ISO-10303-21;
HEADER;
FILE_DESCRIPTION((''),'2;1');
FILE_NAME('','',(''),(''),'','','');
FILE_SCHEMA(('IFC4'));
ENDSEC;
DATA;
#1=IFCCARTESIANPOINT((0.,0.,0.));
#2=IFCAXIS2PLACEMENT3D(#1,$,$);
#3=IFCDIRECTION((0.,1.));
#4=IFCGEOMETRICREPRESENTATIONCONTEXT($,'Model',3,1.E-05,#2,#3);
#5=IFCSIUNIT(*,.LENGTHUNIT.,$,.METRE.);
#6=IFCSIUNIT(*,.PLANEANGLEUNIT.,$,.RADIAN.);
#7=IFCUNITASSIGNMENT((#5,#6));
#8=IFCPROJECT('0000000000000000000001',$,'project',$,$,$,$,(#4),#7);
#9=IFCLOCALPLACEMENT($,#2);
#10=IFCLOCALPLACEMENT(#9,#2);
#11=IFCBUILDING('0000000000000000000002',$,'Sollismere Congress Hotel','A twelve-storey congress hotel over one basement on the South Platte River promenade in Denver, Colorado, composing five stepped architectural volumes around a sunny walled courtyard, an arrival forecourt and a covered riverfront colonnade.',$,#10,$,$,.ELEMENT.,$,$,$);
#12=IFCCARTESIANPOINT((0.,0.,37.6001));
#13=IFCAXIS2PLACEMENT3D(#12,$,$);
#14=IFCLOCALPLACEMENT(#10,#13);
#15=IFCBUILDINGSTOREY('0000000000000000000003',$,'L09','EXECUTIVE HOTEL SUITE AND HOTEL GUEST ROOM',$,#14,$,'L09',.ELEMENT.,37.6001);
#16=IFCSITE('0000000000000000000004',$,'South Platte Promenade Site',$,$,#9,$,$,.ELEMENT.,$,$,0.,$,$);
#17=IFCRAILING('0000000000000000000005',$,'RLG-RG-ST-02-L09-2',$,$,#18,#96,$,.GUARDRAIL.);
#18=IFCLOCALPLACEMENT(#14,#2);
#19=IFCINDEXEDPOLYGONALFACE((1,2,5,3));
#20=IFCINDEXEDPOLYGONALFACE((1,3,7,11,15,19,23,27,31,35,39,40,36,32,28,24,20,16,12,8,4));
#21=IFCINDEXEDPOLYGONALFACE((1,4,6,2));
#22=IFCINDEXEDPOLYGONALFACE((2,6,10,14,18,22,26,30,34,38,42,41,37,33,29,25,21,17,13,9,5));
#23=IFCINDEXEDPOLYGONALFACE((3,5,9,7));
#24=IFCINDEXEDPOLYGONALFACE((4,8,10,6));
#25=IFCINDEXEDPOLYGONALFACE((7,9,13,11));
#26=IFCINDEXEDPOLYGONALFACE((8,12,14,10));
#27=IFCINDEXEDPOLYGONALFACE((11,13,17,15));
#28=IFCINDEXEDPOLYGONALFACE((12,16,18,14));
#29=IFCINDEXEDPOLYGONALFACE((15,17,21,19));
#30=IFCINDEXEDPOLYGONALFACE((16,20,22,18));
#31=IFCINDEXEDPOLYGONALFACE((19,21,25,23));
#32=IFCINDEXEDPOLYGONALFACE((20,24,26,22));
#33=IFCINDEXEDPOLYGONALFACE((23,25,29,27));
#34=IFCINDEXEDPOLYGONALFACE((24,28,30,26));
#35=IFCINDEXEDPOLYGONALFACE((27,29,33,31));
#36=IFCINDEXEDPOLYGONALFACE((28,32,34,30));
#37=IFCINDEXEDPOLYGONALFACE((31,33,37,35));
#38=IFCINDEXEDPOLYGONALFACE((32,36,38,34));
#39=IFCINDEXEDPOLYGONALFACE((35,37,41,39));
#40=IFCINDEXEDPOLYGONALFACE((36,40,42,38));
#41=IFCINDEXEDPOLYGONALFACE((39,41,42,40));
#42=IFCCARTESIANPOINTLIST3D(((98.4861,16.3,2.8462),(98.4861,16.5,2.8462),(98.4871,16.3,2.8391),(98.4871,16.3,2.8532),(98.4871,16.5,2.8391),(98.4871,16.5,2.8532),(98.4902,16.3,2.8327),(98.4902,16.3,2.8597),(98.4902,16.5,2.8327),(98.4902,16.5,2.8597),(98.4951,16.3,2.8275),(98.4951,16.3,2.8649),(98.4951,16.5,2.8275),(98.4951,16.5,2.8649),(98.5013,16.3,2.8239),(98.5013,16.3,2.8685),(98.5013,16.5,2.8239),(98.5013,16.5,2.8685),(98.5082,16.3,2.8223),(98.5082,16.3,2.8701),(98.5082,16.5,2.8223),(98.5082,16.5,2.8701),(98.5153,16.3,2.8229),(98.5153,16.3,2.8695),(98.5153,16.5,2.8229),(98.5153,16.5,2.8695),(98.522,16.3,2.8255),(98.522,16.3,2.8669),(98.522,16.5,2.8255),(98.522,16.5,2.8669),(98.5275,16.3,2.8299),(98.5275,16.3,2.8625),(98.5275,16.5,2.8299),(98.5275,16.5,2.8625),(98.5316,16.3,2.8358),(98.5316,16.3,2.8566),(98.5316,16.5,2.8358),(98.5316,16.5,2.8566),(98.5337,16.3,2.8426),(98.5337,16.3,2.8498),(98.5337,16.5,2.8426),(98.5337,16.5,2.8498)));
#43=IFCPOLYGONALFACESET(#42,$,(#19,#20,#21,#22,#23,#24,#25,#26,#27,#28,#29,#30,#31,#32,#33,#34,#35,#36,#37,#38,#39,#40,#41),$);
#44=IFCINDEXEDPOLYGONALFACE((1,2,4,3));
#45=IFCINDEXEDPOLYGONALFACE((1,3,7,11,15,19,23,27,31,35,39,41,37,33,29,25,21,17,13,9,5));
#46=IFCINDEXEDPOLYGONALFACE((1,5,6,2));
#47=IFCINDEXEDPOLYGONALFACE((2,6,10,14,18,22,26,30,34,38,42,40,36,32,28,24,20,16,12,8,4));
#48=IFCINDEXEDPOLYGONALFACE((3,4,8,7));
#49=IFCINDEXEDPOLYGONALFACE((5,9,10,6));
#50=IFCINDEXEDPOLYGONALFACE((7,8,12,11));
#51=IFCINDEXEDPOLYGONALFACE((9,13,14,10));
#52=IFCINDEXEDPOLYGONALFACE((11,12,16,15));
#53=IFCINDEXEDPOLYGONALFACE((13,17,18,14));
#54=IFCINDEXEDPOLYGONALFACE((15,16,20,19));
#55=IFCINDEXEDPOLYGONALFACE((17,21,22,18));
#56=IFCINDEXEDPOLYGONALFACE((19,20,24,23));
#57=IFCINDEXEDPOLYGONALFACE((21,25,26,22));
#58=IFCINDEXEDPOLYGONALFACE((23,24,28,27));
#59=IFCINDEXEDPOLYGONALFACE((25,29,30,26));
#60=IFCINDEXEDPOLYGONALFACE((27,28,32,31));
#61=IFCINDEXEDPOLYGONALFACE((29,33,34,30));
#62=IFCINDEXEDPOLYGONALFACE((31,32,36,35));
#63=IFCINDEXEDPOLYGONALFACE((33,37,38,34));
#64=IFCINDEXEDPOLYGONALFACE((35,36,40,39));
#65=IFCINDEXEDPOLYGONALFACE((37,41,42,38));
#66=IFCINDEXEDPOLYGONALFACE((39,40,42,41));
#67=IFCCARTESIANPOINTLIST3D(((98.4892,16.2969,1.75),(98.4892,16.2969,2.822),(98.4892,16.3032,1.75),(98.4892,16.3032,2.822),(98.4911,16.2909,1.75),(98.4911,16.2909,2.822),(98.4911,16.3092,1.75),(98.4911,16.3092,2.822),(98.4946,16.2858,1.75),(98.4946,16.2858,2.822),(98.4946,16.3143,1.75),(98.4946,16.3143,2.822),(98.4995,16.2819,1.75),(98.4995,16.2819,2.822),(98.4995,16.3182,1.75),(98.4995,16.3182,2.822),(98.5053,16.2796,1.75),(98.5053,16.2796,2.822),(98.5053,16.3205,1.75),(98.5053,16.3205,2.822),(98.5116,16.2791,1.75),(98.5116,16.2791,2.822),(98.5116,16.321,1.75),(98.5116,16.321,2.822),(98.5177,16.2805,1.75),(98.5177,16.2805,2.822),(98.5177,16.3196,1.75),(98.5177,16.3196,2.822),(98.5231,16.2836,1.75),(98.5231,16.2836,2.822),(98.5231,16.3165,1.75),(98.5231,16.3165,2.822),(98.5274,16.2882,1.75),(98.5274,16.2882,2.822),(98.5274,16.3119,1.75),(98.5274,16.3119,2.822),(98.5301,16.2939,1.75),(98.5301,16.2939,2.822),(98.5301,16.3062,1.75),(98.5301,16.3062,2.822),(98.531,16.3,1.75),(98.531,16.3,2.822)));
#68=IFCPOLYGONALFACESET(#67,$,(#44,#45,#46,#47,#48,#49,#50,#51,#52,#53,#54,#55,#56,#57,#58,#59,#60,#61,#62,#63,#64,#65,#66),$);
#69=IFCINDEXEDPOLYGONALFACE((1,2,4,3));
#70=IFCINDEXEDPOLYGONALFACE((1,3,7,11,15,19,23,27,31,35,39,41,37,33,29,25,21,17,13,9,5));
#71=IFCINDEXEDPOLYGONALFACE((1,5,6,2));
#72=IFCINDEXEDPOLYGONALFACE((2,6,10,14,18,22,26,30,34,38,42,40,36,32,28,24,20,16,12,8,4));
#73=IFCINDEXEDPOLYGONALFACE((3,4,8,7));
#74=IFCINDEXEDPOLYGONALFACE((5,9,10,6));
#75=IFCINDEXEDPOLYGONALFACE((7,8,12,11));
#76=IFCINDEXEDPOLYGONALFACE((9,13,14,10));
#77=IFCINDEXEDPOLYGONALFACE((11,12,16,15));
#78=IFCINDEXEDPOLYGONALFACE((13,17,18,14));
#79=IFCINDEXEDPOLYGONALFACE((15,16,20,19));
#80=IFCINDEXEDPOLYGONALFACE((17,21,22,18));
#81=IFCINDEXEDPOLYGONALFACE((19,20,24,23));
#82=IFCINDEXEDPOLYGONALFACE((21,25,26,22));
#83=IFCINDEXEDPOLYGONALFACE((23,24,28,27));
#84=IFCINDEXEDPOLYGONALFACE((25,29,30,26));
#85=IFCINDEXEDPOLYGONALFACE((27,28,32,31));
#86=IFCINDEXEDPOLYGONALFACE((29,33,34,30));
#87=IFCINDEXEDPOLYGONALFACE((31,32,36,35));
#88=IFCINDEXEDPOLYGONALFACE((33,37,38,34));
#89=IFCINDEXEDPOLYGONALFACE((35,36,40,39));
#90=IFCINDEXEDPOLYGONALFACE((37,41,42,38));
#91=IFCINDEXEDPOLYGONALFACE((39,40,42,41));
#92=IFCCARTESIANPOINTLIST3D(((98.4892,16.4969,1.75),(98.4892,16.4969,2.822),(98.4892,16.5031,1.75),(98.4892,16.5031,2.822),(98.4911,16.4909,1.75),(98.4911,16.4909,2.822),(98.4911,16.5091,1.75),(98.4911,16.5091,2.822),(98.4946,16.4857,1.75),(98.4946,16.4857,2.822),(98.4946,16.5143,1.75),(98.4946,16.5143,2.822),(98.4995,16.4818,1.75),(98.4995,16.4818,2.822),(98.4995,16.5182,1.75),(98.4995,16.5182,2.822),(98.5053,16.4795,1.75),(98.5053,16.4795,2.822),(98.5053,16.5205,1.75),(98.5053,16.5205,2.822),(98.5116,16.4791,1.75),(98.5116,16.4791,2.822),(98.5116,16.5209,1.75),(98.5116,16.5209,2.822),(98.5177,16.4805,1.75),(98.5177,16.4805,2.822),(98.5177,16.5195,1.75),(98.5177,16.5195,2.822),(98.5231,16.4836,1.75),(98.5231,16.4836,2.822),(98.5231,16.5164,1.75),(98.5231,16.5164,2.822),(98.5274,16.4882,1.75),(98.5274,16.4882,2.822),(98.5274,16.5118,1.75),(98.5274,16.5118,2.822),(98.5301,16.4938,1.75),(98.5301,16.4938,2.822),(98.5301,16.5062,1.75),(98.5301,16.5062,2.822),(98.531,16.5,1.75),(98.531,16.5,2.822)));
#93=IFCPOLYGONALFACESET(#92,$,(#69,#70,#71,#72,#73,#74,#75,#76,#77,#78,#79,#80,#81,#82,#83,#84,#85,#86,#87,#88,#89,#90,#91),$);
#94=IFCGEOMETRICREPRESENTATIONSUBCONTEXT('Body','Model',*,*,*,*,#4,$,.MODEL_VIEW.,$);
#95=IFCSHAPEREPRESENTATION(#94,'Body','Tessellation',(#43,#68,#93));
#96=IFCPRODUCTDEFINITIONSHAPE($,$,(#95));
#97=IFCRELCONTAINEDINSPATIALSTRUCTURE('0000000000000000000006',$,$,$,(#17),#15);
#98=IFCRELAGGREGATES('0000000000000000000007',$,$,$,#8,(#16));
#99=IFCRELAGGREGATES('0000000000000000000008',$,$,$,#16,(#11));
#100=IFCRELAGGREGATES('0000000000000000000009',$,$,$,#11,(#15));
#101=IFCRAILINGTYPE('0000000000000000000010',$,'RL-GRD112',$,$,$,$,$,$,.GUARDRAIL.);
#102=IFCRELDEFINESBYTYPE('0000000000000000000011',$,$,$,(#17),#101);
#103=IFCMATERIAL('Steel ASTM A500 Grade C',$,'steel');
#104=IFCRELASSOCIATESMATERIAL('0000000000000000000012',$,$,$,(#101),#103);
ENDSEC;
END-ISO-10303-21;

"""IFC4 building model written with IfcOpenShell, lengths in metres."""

from ifc_helpers import new_model, si_unit, direction, frame, origin, origin_2d, place, context, subcontext, project, spatial, circle, extrude, material, type_object, element, save


model = new_model("IFC4")

# Units and contexts
model_context = context("Model", 3, precision=1e-05, world=origin(), true_north=direction((0.0, 1.0)))
body_context = subcontext(model_context, "Body", "Model", "MODEL_VIEW")
ifc_project = project(units=[si_unit("LENGTHUNIT", "METRE"), si_unit("PLANEANGLEUNIT", "RADIAN")], contexts=[model_context])

# Site, building, storey
site_placement = place(None, origin())
site = spatial("IfcSite", under=ifc_project, at=site_placement, Name="South Platte Promenade Site", CompositionType="ELEMENT", RefElevation=0.0)
building_placement = place(site_placement, origin())
building = spatial("IfcBuilding", under=site, at=building_placement, Name="Sollismere Congress Hotel", Description="A twelve-storey congress hotel over one basement on the South Platte River promenade in Denver, Colorado, composing five stepped architectural volumes around a sunny walled courtyard, an arrival forecourt and a covered riverfront colonnade.", CompositionType="ELEMENT")
storey_placement = place(building_placement, frame((0.0, 0.0, 37.6001)))
storey = spatial("IfcBuildingStorey", under=building, at=storey_placement, Name="L09", Description="EXECUTIVE HOTEL SUITE AND HOTEL GUEST ROOM", LongName="L09", CompositionType="ELEMENT", Elevation=37.6001)

# Shared definitions
ifc_material_1 = material(Name="Steel ASTM A500 Grade C", Category="steel")

# Railing
railing_type_1 = type_object("IfcRailingType", Name="RL-GRD112", PredefinedType="GUARDRAIL", material=ifc_material_1)
railing_1_placement = place(storey_placement, frame((98.51, 16.3, 1.75)))
element("IfcRailing", 1, at=railing_1_placement, inside=storey, type_object=railing_type_1, Name="RLG-RG-ST-02-L09-2", PredefinedType="GUARDRAIL", context=body_context, shape_type="SweptSolid", body=[
    extrude(circle(Radius=0.0239, at=origin_2d()), frame((0.0, 0.0, 1.0962), z_axis=(0.0, 1.0, 0.0), x_axis=(-1.0, 0.0, 0.0)), (0.0, 0.0, 1.0), 0.2),
    extrude(circle(Radius=0.021, at=origin_2d()), origin(), (0.0, 0.0, 1.0), 1.072),
    extrude(circle(Radius=0.021, at=origin_2d()), frame((0.0, 0.2, 0.0)), (0.0, 0.0, 1.0), 1.072),
])

save(model, "model.ifc")
